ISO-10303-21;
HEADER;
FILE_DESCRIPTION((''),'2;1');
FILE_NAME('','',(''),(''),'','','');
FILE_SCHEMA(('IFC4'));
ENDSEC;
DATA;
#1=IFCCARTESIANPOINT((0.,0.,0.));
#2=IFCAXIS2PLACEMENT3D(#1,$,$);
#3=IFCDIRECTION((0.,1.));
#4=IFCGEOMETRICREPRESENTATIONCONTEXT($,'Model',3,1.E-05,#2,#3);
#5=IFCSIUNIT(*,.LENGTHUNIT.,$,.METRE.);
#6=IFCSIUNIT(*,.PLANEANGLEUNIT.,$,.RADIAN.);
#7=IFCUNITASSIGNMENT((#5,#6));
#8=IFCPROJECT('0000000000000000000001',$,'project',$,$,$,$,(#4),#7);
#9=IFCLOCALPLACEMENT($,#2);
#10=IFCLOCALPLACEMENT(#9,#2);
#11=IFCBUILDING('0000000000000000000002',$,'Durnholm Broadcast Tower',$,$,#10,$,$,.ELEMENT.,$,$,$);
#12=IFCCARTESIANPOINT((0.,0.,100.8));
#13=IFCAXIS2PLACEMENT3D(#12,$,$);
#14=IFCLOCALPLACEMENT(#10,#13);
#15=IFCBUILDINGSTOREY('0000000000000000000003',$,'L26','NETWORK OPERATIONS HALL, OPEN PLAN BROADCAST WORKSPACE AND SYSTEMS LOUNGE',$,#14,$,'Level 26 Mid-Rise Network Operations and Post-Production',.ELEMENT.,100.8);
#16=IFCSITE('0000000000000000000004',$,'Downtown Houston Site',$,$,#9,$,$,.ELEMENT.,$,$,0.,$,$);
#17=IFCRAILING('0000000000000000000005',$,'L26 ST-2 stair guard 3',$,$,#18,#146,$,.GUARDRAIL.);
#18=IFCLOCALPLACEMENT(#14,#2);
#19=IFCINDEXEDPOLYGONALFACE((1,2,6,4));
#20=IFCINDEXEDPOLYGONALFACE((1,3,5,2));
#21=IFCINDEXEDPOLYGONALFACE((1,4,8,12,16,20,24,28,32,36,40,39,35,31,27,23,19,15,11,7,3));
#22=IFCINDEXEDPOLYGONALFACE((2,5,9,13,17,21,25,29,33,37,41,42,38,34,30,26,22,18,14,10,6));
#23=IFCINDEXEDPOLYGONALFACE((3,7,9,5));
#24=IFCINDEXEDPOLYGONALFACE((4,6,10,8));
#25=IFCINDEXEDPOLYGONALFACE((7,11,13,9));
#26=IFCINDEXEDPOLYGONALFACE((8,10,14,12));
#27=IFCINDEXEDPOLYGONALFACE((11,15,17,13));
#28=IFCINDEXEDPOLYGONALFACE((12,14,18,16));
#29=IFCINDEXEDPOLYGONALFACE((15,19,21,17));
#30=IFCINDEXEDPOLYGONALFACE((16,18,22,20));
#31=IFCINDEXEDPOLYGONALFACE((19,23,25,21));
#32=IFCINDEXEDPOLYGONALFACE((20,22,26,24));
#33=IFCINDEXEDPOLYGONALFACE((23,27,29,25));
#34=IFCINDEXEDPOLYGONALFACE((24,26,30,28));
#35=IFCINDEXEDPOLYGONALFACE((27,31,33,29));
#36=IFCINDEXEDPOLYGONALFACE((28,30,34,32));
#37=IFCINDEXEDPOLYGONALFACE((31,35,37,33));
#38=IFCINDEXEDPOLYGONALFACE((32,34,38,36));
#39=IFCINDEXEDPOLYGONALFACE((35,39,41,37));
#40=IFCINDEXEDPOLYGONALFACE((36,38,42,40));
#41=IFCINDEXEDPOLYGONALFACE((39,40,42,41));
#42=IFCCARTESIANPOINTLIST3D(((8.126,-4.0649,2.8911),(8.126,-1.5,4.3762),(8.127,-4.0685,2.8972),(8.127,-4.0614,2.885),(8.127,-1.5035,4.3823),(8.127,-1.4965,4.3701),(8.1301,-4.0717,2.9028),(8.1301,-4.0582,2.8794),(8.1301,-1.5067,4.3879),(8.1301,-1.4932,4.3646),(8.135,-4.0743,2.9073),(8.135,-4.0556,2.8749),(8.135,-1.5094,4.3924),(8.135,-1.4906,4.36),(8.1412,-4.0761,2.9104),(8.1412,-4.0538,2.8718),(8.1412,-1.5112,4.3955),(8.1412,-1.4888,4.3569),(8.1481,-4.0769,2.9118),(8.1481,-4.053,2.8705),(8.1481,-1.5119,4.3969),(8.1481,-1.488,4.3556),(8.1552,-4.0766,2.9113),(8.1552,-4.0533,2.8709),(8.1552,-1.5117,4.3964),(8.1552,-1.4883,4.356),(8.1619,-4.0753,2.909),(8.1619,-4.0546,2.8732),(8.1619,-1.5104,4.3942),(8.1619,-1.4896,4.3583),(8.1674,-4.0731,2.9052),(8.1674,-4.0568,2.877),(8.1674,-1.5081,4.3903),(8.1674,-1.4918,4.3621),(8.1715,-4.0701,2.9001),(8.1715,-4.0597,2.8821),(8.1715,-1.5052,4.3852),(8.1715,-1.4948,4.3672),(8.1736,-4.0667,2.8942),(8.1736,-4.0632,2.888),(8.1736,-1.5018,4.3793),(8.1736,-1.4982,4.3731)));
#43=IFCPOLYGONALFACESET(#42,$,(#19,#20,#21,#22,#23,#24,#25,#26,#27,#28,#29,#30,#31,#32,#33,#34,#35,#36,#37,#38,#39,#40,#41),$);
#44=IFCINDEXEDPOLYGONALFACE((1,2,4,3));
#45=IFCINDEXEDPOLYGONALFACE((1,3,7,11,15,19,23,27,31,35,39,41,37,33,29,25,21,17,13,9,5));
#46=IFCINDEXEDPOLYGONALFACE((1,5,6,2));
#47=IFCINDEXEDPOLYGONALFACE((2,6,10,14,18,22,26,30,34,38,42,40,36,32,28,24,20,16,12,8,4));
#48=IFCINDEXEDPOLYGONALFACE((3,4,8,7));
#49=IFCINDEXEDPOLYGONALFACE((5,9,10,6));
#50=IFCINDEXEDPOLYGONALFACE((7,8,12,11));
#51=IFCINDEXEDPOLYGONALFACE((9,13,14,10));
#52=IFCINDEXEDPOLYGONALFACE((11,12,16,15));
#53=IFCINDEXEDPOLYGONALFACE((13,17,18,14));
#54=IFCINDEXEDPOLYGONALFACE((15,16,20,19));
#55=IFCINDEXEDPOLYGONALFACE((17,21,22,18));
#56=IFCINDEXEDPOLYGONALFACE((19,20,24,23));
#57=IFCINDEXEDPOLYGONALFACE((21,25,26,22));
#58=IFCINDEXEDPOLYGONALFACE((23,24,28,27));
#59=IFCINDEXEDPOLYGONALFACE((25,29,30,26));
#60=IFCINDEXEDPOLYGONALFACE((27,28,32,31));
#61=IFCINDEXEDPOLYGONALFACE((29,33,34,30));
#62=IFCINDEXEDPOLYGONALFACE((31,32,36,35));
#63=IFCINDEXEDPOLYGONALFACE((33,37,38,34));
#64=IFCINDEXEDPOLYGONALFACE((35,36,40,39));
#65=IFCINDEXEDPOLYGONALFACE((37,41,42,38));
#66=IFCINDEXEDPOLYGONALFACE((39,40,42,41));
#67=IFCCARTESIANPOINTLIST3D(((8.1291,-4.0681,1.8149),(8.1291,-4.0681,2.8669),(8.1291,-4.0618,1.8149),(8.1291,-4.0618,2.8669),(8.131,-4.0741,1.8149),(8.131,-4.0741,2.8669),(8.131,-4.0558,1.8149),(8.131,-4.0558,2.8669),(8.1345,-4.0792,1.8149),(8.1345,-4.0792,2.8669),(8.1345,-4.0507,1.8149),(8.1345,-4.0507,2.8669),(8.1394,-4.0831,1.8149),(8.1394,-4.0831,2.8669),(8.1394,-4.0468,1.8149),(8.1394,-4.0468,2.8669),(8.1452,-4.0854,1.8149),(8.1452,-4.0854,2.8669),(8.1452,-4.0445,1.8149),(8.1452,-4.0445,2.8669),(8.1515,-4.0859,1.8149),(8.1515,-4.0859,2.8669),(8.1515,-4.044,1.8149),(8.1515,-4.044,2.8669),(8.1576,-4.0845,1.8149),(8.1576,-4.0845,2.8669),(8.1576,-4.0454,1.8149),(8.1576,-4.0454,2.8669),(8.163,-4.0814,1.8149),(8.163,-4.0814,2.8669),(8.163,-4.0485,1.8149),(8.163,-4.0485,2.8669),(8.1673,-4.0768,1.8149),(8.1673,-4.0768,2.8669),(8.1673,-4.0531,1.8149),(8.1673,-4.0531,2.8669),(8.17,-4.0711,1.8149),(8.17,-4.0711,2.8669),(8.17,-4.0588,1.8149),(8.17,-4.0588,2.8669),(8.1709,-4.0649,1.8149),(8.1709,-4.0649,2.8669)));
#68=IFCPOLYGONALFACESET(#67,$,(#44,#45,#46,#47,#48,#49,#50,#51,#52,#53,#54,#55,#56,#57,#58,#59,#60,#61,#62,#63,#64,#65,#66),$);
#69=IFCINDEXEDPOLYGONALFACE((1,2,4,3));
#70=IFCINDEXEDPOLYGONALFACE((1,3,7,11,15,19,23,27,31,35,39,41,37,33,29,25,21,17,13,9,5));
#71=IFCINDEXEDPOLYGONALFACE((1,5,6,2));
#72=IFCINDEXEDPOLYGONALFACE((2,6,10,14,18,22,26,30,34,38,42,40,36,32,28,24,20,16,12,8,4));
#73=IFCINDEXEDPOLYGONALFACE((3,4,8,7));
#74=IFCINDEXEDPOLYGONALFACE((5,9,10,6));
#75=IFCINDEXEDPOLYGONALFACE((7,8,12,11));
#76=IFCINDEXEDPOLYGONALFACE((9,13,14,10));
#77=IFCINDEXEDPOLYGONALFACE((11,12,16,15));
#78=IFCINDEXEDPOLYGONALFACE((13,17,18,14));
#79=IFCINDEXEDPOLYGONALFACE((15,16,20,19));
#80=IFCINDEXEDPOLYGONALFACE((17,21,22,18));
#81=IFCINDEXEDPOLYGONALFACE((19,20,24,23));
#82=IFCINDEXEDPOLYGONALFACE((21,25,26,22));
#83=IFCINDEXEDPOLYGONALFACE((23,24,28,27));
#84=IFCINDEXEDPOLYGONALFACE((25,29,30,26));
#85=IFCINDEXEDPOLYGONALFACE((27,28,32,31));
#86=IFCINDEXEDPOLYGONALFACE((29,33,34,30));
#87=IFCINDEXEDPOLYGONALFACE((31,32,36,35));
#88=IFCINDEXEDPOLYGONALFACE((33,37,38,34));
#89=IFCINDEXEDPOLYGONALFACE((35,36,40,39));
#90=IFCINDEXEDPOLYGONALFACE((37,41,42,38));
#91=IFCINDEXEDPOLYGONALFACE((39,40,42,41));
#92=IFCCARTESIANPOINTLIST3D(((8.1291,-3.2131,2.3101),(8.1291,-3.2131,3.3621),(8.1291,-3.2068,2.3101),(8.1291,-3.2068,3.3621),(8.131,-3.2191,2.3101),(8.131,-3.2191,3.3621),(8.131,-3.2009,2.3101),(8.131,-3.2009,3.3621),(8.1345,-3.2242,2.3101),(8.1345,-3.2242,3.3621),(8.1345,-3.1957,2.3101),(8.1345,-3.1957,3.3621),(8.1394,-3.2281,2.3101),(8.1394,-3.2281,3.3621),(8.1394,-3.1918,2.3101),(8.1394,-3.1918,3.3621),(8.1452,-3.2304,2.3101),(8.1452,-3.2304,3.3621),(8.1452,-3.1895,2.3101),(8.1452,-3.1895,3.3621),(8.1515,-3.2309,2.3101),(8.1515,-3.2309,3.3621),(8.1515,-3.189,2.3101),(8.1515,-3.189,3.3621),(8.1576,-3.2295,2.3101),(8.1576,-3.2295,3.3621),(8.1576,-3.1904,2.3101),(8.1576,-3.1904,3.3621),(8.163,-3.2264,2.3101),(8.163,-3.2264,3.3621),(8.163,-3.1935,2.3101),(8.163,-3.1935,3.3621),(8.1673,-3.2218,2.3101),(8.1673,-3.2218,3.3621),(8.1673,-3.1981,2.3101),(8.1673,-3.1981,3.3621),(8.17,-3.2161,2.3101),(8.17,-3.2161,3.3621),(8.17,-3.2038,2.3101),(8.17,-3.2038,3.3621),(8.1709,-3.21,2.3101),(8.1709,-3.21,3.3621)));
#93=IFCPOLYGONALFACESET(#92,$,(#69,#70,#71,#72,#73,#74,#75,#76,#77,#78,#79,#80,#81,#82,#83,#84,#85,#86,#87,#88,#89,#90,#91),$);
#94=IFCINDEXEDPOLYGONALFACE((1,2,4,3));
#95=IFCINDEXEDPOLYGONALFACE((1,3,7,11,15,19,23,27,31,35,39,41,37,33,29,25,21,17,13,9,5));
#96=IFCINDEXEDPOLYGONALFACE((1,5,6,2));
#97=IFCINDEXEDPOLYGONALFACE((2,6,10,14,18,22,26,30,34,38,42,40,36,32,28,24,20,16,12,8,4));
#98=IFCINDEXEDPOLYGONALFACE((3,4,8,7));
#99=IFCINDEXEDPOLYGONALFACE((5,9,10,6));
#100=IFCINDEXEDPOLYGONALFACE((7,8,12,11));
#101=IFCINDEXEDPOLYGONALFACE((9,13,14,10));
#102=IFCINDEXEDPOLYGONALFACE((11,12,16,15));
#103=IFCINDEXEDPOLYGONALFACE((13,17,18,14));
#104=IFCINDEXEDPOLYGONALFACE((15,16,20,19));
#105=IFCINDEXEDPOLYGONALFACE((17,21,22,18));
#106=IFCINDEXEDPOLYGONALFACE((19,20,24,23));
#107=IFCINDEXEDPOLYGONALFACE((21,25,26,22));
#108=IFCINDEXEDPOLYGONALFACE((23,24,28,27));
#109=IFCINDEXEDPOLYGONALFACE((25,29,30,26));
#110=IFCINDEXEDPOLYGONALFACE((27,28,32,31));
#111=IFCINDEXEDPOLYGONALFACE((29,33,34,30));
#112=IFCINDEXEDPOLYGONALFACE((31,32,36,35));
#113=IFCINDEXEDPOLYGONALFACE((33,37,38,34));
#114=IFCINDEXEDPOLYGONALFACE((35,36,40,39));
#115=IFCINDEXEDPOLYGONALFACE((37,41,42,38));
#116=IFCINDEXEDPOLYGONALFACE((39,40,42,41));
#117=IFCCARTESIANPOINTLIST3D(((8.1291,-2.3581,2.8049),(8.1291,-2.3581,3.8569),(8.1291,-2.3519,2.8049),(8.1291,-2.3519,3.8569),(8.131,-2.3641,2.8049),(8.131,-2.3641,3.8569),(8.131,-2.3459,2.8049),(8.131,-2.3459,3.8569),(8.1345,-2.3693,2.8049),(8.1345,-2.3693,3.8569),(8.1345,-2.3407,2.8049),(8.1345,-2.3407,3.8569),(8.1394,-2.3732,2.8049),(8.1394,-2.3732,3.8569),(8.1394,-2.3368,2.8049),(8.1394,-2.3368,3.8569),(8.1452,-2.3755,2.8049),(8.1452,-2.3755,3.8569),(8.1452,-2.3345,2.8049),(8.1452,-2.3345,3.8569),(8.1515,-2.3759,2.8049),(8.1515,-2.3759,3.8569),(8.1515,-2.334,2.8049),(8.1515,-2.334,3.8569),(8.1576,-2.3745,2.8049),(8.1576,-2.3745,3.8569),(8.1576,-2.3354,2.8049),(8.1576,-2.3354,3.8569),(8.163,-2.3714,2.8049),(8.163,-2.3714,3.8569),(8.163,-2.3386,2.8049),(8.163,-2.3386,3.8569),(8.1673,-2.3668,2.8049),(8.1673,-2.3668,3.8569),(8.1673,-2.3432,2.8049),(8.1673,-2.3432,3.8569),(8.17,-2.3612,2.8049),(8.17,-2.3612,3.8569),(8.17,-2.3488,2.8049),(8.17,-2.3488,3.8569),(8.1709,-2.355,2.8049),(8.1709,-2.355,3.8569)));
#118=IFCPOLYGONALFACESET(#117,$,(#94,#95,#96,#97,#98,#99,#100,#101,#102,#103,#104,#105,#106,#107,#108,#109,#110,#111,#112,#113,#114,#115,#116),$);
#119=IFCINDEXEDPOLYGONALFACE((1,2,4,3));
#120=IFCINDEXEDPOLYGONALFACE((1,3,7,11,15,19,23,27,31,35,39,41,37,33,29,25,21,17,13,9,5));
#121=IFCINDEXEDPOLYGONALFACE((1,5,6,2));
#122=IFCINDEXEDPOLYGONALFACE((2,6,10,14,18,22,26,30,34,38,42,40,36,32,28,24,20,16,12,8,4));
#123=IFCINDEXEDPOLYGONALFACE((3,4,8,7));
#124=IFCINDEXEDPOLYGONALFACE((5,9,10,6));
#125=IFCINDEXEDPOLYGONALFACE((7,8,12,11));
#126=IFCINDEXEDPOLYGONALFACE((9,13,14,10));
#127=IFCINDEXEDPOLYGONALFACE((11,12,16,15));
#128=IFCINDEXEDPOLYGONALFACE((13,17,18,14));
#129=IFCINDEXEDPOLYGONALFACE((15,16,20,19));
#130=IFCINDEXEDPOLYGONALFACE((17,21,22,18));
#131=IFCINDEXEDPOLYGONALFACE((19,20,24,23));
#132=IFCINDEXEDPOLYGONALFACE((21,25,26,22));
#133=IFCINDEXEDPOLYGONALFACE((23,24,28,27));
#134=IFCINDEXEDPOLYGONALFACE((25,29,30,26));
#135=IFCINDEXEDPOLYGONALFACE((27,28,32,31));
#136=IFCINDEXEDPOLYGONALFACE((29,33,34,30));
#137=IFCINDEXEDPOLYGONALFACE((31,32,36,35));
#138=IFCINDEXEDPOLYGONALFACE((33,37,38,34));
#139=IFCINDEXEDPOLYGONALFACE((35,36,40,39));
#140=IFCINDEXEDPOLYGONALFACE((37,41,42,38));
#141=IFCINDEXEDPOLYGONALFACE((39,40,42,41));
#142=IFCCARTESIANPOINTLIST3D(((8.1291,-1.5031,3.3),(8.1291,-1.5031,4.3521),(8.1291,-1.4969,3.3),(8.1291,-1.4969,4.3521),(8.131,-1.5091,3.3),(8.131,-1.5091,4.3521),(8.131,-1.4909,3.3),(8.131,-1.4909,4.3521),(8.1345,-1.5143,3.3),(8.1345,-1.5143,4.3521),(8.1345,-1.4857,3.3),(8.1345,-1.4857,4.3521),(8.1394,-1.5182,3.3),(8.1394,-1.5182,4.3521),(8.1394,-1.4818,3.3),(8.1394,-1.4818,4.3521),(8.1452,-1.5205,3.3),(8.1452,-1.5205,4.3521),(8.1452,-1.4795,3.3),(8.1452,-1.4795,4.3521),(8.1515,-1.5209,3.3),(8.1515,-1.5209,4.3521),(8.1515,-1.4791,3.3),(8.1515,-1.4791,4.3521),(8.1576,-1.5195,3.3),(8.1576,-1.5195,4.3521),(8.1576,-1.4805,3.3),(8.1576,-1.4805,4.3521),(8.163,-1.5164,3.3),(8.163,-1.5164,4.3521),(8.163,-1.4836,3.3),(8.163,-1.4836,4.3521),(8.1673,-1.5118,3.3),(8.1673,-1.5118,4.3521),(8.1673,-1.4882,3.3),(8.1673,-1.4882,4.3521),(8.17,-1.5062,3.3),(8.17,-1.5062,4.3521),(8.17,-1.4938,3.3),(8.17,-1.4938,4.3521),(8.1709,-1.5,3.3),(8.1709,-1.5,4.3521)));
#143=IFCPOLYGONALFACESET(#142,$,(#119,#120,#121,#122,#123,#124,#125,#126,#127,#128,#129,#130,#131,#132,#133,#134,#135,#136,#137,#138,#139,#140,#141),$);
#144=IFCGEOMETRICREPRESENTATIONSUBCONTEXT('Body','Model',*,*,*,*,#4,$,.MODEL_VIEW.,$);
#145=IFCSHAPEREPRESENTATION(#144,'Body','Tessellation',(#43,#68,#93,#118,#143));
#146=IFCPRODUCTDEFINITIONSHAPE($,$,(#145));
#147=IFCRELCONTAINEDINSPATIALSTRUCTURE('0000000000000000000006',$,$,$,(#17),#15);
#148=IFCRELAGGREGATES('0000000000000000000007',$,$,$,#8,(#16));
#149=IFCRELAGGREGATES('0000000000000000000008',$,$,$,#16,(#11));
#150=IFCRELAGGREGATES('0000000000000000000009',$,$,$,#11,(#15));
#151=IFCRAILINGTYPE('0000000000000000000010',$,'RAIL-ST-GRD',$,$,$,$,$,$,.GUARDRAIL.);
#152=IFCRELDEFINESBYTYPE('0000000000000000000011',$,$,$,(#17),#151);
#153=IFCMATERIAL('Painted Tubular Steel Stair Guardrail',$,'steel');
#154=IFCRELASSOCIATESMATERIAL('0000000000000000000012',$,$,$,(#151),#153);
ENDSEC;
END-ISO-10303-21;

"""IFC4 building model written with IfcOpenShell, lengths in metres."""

from ifc_helpers import new_model, si_unit, direction, frame, origin, origin_2d, place, context, subcontext, project, spatial, circle, extrude, material, type_object, element, save


model = new_model("IFC4")

# Units and contexts
model_context = context("Model", 3, precision=1e-05, world=origin(), true_north=direction((0.0, 1.0)))
body_context = subcontext(model_context, "Body", "Model", "MODEL_VIEW")
ifc_project = project(units=[si_unit("LENGTHUNIT", "METRE"), si_unit("PLANEANGLEUNIT", "RADIAN")], contexts=[model_context])

# Site, building, storey
site_placement = place(None, origin())
site = spatial("IfcSite", under=ifc_project, at=site_placement, Name="Downtown Houston Site", CompositionType="ELEMENT", RefElevation=0.0)
building_placement = place(site_placement, origin())
building = spatial("IfcBuilding", under=site, at=building_placement, Name="Durnholm Broadcast Tower", CompositionType="ELEMENT")
storey_placement = place(building_placement, frame((0.0, 0.0, 100.8)))
storey = spatial("IfcBuildingStorey", under=building, at=storey_placement, Name="L26", Description="NETWORK OPERATIONS HALL, OPEN PLAN BROADCAST WORKSPACE AND SYSTEMS LOUNGE", LongName="Level 26 Mid-Rise Network Operations and Post-Production", CompositionType="ELEMENT", Elevation=100.8)

# Railing
ifc_material_1 = material(Name="Painted Tubular Steel Stair Guardrail", Category="steel")
railing_type_1 = type_object("IfcRailingType", Name="RAIL-ST-GRD", PredefinedType="GUARDRAIL", material=ifc_material_1)
railing_1_placement = place(storey_placement, frame((8.1499, -4.0649, 1.8149)))
element("IfcRailing", 1, at=railing_1_placement, inside=storey, type_object=railing_type_1, Name="L26 ST-2 stair guard 3", PredefinedType="GUARDRAIL", context=body_context, shape_type="SweptSolid", body=[
    extrude(circle(Radius=0.0239, at=origin_2d()), frame((0.0, 0.0, 1.0762), z_axis=(0.0, 0.865406, 0.501072), x_axis=(-1.0, 0.0, 0.0)), (0.0, 0.0, 1.0), 2.9639),
    extrude(circle(Radius=0.021, at=origin_2d()), origin(), (0.0, 0.0, 1.0), 1.052),
    extrude(circle(Radius=0.021, at=origin_2d()), frame((0.0, 0.855, 0.4951)), (0.0, 0.0, 1.0), 1.052),
    extrude(circle(Radius=0.021, at=origin_2d()), frame((0.0, 1.71, 0.99)), (0.0, 0.0, 1.0), 1.052),
    extrude(circle(Radius=0.021, at=origin_2d()), frame((0.0, 2.5649, 1.4851)), (0.0, 0.0, 1.0), 1.052),
])

save(model, "model.ifc")
